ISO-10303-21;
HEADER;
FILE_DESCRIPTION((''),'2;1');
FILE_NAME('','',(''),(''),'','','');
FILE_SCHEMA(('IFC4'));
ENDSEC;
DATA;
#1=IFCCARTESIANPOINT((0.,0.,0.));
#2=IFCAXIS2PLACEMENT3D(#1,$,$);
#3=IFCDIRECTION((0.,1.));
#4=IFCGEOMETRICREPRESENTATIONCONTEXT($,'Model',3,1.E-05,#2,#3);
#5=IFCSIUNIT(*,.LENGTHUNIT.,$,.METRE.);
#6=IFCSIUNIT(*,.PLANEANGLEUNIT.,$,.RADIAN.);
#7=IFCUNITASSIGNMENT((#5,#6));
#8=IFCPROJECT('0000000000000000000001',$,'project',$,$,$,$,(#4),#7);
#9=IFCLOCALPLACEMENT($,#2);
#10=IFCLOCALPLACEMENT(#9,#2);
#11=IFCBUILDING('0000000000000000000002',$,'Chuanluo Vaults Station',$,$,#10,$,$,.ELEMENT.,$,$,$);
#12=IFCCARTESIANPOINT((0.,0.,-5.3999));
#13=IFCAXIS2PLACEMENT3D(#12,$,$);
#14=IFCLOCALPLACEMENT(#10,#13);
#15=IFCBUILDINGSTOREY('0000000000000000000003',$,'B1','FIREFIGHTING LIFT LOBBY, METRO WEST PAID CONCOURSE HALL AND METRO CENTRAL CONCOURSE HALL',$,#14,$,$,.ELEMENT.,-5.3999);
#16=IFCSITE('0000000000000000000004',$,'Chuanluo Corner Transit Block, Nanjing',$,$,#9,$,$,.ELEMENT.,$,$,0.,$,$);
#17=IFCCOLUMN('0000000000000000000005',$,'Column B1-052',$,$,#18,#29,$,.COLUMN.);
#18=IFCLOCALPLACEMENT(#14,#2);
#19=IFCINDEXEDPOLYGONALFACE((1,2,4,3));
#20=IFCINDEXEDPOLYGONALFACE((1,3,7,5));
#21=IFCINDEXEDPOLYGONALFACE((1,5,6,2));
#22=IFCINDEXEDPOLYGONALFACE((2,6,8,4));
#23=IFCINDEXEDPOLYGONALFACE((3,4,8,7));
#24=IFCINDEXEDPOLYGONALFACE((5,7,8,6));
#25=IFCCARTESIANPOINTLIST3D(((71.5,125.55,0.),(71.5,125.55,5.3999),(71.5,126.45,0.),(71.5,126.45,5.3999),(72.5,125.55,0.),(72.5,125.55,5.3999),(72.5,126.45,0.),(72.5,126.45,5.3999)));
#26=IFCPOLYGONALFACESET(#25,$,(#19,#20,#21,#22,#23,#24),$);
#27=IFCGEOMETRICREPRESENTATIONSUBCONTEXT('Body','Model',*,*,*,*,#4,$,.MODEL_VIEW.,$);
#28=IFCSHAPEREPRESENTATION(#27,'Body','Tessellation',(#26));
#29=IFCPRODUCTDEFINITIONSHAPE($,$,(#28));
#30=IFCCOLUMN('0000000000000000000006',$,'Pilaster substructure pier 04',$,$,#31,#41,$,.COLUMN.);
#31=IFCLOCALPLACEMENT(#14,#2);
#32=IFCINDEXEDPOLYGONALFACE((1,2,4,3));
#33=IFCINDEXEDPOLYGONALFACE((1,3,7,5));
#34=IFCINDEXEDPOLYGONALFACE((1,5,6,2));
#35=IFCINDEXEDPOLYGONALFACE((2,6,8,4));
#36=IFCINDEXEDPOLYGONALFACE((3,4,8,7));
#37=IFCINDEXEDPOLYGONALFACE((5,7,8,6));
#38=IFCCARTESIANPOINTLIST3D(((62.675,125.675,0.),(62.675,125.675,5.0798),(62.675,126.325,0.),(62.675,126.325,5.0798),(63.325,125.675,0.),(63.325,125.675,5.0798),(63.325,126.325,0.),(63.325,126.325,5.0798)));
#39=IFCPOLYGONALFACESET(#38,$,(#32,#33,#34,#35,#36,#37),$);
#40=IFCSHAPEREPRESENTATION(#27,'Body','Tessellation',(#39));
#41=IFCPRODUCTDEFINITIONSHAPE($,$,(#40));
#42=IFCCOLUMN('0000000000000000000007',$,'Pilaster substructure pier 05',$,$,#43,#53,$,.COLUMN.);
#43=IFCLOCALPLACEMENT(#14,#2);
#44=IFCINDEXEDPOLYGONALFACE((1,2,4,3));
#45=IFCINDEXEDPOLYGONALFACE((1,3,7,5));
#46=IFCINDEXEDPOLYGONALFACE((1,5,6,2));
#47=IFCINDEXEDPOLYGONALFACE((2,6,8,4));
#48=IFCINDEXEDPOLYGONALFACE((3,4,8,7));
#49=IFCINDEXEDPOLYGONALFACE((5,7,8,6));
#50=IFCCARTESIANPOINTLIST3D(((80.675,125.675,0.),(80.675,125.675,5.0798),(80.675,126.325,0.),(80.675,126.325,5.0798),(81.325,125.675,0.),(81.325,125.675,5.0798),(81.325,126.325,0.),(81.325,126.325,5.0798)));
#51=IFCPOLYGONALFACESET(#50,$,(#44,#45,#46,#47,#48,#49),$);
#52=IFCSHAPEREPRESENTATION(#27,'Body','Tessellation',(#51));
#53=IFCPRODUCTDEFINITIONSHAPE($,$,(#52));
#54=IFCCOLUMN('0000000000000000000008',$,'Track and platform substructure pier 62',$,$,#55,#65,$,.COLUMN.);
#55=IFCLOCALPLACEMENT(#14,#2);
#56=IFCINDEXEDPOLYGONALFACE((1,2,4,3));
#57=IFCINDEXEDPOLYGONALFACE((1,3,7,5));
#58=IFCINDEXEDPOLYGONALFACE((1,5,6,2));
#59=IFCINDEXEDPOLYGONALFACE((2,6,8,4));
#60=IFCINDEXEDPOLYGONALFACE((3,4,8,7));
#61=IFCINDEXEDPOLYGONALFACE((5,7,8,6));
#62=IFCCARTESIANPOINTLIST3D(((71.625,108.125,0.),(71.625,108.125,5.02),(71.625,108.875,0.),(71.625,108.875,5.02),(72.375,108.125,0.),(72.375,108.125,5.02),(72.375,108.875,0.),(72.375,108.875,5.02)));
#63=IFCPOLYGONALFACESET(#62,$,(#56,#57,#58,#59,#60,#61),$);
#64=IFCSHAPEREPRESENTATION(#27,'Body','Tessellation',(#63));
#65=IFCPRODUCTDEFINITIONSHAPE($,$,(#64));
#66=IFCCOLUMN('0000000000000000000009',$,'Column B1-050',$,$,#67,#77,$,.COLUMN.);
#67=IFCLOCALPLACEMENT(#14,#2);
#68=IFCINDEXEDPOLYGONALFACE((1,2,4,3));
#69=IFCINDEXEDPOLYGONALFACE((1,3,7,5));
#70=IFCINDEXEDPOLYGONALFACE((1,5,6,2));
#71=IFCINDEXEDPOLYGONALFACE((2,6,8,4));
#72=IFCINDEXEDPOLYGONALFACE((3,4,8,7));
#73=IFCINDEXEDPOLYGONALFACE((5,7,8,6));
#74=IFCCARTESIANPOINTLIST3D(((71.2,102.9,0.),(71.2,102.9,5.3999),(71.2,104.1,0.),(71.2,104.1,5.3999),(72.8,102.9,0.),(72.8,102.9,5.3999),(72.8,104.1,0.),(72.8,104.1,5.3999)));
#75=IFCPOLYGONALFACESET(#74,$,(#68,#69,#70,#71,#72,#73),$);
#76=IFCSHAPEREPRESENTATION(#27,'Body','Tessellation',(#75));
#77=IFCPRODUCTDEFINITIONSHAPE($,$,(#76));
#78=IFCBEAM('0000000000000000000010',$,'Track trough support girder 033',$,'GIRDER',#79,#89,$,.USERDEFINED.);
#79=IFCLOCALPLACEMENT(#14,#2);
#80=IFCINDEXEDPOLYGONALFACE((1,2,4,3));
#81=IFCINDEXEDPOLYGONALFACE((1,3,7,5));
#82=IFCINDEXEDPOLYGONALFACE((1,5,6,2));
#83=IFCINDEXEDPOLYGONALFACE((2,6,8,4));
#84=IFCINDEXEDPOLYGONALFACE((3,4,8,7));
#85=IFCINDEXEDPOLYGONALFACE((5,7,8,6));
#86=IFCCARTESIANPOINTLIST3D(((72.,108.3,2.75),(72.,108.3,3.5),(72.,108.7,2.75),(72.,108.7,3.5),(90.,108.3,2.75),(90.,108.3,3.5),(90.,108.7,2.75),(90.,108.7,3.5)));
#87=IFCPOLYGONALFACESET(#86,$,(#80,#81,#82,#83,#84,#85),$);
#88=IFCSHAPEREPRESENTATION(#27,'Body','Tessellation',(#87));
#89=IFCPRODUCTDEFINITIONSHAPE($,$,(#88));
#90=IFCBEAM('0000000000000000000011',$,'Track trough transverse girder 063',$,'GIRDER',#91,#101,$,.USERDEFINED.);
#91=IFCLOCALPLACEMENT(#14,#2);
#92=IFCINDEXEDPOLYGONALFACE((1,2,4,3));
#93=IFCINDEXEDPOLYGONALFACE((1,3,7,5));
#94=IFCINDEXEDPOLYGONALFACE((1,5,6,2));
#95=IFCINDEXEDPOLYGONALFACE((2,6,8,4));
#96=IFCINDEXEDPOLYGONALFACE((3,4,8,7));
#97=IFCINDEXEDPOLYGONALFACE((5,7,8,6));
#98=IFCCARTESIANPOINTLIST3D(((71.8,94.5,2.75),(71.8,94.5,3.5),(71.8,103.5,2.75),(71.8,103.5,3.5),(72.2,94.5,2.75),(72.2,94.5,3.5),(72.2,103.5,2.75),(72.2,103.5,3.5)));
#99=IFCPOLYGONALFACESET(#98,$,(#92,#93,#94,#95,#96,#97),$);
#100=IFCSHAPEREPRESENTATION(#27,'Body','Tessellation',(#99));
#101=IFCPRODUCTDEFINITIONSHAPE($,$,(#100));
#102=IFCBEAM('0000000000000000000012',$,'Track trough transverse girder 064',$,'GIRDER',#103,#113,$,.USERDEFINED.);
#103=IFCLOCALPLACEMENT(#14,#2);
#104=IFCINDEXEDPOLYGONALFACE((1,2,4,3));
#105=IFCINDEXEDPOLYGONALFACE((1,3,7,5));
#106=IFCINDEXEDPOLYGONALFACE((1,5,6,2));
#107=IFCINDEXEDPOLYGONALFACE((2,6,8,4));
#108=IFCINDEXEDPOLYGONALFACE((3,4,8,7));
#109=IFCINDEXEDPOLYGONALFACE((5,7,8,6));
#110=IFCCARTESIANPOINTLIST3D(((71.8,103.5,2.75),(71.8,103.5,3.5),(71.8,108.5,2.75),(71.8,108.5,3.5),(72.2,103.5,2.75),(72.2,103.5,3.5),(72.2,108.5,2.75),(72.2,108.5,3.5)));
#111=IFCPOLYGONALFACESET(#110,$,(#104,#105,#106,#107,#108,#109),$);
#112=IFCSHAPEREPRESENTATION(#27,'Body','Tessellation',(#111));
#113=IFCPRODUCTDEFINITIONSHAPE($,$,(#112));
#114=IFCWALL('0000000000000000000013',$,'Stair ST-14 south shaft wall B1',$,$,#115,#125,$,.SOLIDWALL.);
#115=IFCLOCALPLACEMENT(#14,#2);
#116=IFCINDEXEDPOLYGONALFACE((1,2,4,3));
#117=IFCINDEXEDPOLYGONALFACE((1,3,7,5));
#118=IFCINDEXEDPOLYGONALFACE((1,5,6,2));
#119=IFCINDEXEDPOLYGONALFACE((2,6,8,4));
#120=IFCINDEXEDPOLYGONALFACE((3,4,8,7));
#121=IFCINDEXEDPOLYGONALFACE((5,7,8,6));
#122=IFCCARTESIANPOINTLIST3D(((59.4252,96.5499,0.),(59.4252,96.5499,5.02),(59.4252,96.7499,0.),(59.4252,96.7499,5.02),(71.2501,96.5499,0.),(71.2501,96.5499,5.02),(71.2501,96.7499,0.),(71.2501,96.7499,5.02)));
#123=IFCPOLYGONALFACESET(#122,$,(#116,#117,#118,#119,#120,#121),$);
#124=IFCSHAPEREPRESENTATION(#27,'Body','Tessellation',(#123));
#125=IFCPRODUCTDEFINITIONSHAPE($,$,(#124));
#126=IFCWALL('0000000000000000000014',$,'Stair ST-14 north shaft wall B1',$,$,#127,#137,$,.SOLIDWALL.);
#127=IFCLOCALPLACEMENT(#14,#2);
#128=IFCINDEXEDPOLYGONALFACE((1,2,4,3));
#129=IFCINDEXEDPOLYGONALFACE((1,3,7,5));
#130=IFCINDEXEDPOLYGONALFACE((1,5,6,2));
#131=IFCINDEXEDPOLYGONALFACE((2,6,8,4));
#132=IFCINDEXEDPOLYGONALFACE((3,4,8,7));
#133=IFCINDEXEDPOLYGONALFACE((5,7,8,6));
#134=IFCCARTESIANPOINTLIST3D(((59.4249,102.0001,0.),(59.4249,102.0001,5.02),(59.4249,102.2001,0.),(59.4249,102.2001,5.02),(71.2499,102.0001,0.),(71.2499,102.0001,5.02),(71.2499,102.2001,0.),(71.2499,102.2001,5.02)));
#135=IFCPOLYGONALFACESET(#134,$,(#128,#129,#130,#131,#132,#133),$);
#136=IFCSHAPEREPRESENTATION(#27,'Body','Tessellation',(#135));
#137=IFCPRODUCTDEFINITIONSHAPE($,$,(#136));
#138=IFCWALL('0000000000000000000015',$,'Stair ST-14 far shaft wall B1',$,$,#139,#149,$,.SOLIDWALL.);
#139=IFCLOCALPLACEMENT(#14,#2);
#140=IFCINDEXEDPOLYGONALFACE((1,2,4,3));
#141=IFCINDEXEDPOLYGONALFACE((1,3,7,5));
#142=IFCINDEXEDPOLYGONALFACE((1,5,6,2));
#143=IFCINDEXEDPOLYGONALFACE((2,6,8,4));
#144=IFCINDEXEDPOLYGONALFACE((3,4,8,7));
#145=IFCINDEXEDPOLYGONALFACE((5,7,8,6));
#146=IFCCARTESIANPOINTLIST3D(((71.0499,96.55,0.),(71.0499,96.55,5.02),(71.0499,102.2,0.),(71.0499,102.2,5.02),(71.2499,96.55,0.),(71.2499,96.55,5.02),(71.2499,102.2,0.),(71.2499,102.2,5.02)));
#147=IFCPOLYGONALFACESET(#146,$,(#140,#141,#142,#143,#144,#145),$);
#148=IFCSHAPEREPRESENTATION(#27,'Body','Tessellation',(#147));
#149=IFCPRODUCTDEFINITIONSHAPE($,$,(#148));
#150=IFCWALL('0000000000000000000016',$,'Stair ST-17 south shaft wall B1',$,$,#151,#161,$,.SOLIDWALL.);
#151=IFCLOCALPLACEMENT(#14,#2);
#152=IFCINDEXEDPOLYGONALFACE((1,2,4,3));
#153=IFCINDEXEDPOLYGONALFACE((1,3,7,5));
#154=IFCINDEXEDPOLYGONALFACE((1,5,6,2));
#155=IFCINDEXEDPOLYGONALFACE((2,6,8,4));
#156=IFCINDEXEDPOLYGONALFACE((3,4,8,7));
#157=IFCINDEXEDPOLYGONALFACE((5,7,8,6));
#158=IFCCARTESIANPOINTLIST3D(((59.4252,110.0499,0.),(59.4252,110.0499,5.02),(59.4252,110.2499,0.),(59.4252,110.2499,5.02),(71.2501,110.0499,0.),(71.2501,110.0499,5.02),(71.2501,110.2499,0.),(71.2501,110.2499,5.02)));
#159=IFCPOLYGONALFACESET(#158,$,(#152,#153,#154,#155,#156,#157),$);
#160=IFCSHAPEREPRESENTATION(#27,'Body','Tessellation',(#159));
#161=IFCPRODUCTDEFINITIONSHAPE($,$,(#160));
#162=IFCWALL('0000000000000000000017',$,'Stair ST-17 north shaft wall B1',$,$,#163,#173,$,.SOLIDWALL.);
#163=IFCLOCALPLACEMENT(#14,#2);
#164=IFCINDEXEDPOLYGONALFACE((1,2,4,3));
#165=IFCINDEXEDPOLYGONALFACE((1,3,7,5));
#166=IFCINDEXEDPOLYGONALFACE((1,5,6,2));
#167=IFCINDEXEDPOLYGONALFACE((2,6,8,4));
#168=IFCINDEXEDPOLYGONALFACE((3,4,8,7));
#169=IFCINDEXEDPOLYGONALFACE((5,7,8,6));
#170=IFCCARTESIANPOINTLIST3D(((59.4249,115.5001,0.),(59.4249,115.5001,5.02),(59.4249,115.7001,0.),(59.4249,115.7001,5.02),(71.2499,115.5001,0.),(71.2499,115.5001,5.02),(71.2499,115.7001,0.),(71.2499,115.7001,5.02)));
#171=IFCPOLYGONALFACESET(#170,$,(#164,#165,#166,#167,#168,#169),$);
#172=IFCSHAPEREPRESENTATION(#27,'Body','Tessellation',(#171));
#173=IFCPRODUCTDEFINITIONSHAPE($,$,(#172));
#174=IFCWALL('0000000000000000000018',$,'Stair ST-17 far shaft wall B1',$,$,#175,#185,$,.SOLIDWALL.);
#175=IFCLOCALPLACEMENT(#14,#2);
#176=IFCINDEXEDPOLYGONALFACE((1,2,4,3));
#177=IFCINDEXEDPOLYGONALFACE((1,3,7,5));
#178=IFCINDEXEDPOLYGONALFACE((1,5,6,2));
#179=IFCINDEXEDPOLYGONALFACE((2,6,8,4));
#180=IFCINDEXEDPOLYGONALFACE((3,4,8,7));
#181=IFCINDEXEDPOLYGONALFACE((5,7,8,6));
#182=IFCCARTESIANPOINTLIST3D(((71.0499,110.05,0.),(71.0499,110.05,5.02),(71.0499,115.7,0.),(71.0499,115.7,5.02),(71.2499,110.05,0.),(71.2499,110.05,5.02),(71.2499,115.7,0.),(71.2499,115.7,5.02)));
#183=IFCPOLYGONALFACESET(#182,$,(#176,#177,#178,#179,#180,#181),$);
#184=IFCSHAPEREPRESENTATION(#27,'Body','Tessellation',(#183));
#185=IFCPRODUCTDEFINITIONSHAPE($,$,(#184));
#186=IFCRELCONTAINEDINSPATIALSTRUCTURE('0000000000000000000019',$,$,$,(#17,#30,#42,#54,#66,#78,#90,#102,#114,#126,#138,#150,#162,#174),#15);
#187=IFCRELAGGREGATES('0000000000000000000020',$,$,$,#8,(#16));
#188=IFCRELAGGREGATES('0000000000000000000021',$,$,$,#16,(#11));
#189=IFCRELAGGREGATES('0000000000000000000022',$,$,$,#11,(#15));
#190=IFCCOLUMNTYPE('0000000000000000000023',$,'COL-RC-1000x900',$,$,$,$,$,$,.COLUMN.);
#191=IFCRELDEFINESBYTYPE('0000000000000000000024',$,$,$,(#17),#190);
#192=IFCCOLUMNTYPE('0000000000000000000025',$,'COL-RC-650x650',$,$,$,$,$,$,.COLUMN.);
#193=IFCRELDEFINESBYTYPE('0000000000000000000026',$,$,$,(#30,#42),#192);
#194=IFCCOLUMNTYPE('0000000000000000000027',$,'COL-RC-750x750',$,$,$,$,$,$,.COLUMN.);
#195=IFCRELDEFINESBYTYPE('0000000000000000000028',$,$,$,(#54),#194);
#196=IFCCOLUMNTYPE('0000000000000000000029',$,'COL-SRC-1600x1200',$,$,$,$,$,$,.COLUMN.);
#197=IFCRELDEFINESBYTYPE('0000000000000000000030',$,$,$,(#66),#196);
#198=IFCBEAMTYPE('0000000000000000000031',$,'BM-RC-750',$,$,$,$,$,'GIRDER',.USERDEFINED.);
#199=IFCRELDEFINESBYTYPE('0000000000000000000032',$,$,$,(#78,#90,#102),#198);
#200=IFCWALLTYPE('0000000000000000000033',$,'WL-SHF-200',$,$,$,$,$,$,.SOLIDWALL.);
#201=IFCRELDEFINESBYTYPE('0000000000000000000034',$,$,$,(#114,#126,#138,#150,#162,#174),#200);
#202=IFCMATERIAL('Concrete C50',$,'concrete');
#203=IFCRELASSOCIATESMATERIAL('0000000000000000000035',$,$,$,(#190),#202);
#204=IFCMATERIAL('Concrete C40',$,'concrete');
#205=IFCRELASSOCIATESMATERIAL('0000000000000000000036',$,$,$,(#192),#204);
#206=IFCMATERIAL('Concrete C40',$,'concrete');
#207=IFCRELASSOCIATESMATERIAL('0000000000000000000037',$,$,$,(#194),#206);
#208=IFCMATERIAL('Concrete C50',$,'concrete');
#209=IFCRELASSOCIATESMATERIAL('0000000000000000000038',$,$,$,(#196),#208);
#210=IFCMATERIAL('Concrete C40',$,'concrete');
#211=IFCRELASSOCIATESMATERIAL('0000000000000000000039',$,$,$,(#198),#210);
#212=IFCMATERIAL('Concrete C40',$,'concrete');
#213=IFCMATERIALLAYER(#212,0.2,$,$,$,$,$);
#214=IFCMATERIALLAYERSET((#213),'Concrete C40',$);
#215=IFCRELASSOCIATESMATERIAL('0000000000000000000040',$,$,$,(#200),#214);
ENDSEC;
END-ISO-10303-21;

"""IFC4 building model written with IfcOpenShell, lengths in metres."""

from ifc_helpers import new_model, si_unit, direction, frame, frame_2d, origin, origin_2d, place, context, subcontext, project, spatial, rectangle, extrude, material, layer, layer_set, material_profile, profile_set, type_object, element, save


model = new_model("IFC4")

# Units and contexts
model_context = context("Model", 3, precision=1e-05, world=origin(), true_north=direction((0.0, 1.0)))
body_context = subcontext(model_context, "Body", "Model", "MODEL_VIEW")
ifc_project = project(units=[si_unit("LENGTHUNIT", "METRE"), si_unit("PLANEANGLEUNIT", "RADIAN")], contexts=[model_context])

# Site, building, storey
site_placement = place(None, origin())
site = spatial("IfcSite", under=ifc_project, at=site_placement, Name="Chuanluo Corner Transit Block, Nanjing", CompositionType="ELEMENT", RefElevation=0.0)
building_placement = place(site_placement, origin())
building = spatial("IfcBuilding", under=site, at=building_placement, Name="Chuanluo Vaults Station", CompositionType="ELEMENT")
storey_placement = place(building_placement, frame((0.0, 0.0, -5.3999)))
storey = spatial("IfcBuildingStorey", under=building, at=storey_placement, Name="B1", Description="FIREFIGHTING LIFT LOBBY, METRO WEST PAID CONCOURSE HALL AND METRO CENTRAL CONCOURSE HALL", CompositionType="ELEMENT", Elevation=-5.3999)

# Columns
ifc_material_1 = material(Name="Concrete C50", Category="concrete")
ifc_material_profile_1 = material_profile(ifc_material_1, rectangle(XDim=1.0, YDim=0.8999, at=origin_2d()))
ifc_profile_set_1 = profile_set([ifc_material_profile_1], Name="Concrete C50")
column_type_1 = type_object("IfcColumnType", Name="COL-RC-1000x900", PredefinedType="COLUMN", material=ifc_profile_set_1)
for number, where, z_axis, x_axis, name in (
    (1, (72.0, 126.0, 0.0), (0.0, 0.0, 1.0), (1.0, 0.0, 0.0), "Column B1-052"),
):
    element("IfcColumn", number, at=place(storey_placement, frame(where, z_axis=z_axis, x_axis=x_axis)), inside=storey, type_object=column_type_1, Name=name, PredefinedType="COLUMN", context=body_context, shape_type="SweptSolid", body=[
        extrude(rectangle(XDim=1.0, YDim=0.8999, at=origin_2d()), origin(), (0.0, 0.0, 1.0), 5.3999),
    ])
ifc_material_2 = material(Name="Concrete C40", Category="concrete")
ifc_material_profile_2 = material_profile(ifc_material_2, rectangle(XDim=0.6499, YDim=0.6499, at=origin_2d()))
ifc_profile_set_2 = profile_set([ifc_material_profile_2], Name="Concrete C40")
column_type_2 = type_object("IfcColumnType", Name="COL-RC-650x650", PredefinedType="COLUMN", material=ifc_profile_set_2)
for number, where, z_axis, x_axis, name in (
    (2, (63.0, 126.0, 0.0), (0.0, 0.0, 1.0), (1.0, 0.0, 0.0), "Pilaster substructure pier 04"),
    (3, (81.0, 126.0, 0.0), (0.0, 0.0, 1.0), (1.0, 0.0, 0.0), "Pilaster substructure pier 05"),
):
    element("IfcColumn", number, at=place(storey_placement, frame(where, z_axis=z_axis, x_axis=x_axis)), inside=storey, type_object=column_type_2, Name=name, PredefinedType="COLUMN", context=body_context, shape_type="SweptSolid", body=[
        extrude(rectangle(XDim=0.6499, YDim=0.6499, at=origin_2d()), origin(), (0.0, 0.0, 1.0), 5.0798),
    ])
ifc_material_3 = material(Name="Concrete C40", Category="concrete")
ifc_material_profile_3 = material_profile(ifc_material_3, rectangle(XDim=0.75, YDim=0.75, at=origin_2d()))
ifc_profile_set_3 = profile_set([ifc_material_profile_3], Name="Concrete C40")
column_type_3 = type_object("IfcColumnType", Name="COL-RC-750x750", PredefinedType="COLUMN", material=ifc_profile_set_3)
column_1_placement = place(storey_placement, frame((72.0, 108.5, 0.0), z_axis=(0.0, 0.0, 1.0), x_axis=(1.0, 0.0, 0.0)))
element("IfcColumn", 4, at=column_1_placement, inside=storey, type_object=column_type_3, Name="Track and platform substructure pier 62", PredefinedType="COLUMN", context=body_context, shape_type="SweptSolid", body=[
    extrude(rectangle(XDim=0.75, YDim=0.75, at=origin_2d()), origin(), (0.0, 0.0, 1.0), 5.02),
])
ifc_material_4 = material(Name="Concrete C50", Category="concrete")
ifc_material_profile_4 = material_profile(ifc_material_4, rectangle(XDim=1.6001, YDim=1.2, at=origin_2d()))
ifc_profile_set_4 = profile_set([ifc_material_profile_4], Name="Concrete C50")
column_type_4 = type_object("IfcColumnType", Name="COL-SRC-1600x1200", PredefinedType="COLUMN", material=ifc_profile_set_4)
column_2_placement = place(storey_placement, frame((72.0, 103.5, 0.0), z_axis=(0.0, 0.0, 1.0), x_axis=(1.0, 0.0, 0.0)))
element("IfcColumn", 5, at=column_2_placement, inside=storey, type_object=column_type_4, Name="Column B1-050", PredefinedType="COLUMN", context=body_context, shape_type="SweptSolid", body=[
    extrude(rectangle(XDim=1.6001, YDim=1.2, at=origin_2d()), origin(), (0.0, 0.0, 1.0), 5.3999),
])

# Beams
ifc_material_5 = material(Name="Concrete C40", Category="concrete")
ifc_material_profile_5 = material_profile(ifc_material_5, rectangle(XDim=0.3999, YDim=0.75, at=origin_2d()))
ifc_profile_set_5 = profile_set([ifc_material_profile_5], Name="Concrete C40")
beam_type = type_object("IfcBeamType", Name="BM-RC-750", ElementType="GIRDER", PredefinedType="USERDEFINED", material=ifc_profile_set_5)
beam_1_placement = place(storey_placement, frame((72.0, 108.5, 3.125), z_axis=(1.0, 0.0, 0.0), x_axis=(0.0, 1.0, 0.0)))
element("IfcBeam", 6, at=beam_1_placement, inside=storey, type_object=beam_type, Name="Track trough support girder 033", ObjectType="GIRDER", PredefinedType="USERDEFINED", context=body_context, shape_type="SweptSolid", body=[
    extrude(rectangle(XDim=0.3999, YDim=0.75, at=origin_2d()), origin(), (0.0, 0.0, 1.0), 18.0),
])
beam_2_placement = place(storey_placement, frame((72.0, 94.5, 3.125), z_axis=(0.0, 1.0, 0.0), x_axis=(-1.0, 0.0, 0.0)))
element("IfcBeam", 7, at=beam_2_placement, inside=storey, type_object=beam_type, Name="Track trough transverse girder 063", ObjectType="GIRDER", PredefinedType="USERDEFINED", context=body_context, shape_type="SweptSolid", body=[
    extrude(rectangle(XDim=0.3999, YDim=0.75, at=origin_2d()), origin(), (0.0, 0.0, 1.0), 9.0),
])
beam_3_placement = place(storey_placement, frame((72.0, 103.5, 3.125), z_axis=(0.0, 1.0, 0.0), x_axis=(-1.0, 0.0, 0.0)))
element("IfcBeam", 8, at=beam_3_placement, inside=storey, type_object=beam_type, Name="Track trough transverse girder 064", ObjectType="GIRDER", PredefinedType="USERDEFINED", context=body_context, shape_type="SweptSolid", body=[
    extrude(rectangle(XDim=0.3999, YDim=0.75, at=origin_2d()), origin(), (0.0, 0.0, 1.0), 5.0),
])

# Walls
ifc_material_6 = material(Name="Concrete C40", Category="concrete")
ifc_layer = layer(ifc_material_6, 0.2)
ifc_layer_set = layer_set([ifc_layer], Name="Concrete C40")
wall_type = type_object("IfcWallType", Name="WL-SHF-200", PredefinedType="SOLIDWALL", material=ifc_layer_set)
for number, where, z_axis, x_axis, name in (
    (9, (59.425, 96.6499, 0.0), (0.0, 0.0, 1.0), (1.0, 0.0, 0.0), "Stair ST-14 south shaft wall B1"),
    (10, (71.25, 102.1001, 0.0), (0.0, 0.0, 1.0), (-1.0, 0.0, 0.0), "Stair ST-14 north shaft wall B1"),
):
    element("IfcWall", number, at=place(storey_placement, frame(where, z_axis=z_axis, x_axis=x_axis)), inside=storey, type_object=wall_type, Name=name, PredefinedType="SOLIDWALL", context=body_context, shape_type="SweptSolid", body=[
        extrude(rectangle(XDim=11.825, YDim=0.2, at=frame_2d((5.9126, 0.0))), origin(), (0.0, 0.0, 1.0), 5.02),
    ])
wall_1_placement = place(storey_placement, frame((71.1499, 96.55, 0.0), z_axis=(0.0, 0.0, 1.0), x_axis=(0.0, 1.0, 0.0)))
element("IfcWall", 11, at=wall_1_placement, inside=storey, type_object=wall_type, Name="Stair ST-14 far shaft wall B1", PredefinedType="SOLIDWALL", context=body_context, shape_type="SweptSolid", body=[
    extrude(rectangle(XDim=5.6499, YDim=0.2, at=frame_2d((2.825, 0.0))), origin(), (0.0, 0.0, 1.0), 5.02),
])
for number, where, z_axis, x_axis, name in (
    (12, (59.425, 110.1499, 0.0), (0.0, 0.0, 1.0), (1.0, 0.0, 0.0), "Stair ST-17 south shaft wall B1"),
    (13, (71.25, 115.6001, 0.0), (0.0, 0.0, 1.0), (-1.0, 0.0, 0.0), "Stair ST-17 north shaft wall B1"),
):
    element("IfcWall", number, at=place(storey_placement, frame(where, z_axis=z_axis, x_axis=x_axis)), inside=storey, type_object=wall_type, Name=name, PredefinedType="SOLIDWALL", context=body_context, shape_type="SweptSolid", body=[
        extrude(rectangle(XDim=11.825, YDim=0.2, at=frame_2d((5.9126, 0.0))), origin(), (0.0, 0.0, 1.0), 5.02),
    ])
wall_2_placement = place(storey_placement, frame((71.1499, 110.05, 0.0), z_axis=(0.0, 0.0, 1.0), x_axis=(0.0, 1.0, 0.0)))
element("IfcWall", 14, at=wall_2_placement, inside=storey, type_object=wall_type, Name="Stair ST-17 far shaft wall B1", PredefinedType="SOLIDWALL", context=body_context, shape_type="SweptSolid", body=[
    extrude(rectangle(XDim=5.6499, YDim=0.2, at=frame_2d((2.825, 0.0))), origin(), (0.0, 0.0, 1.0), 5.02),
])

save(model, "model.ifc")
